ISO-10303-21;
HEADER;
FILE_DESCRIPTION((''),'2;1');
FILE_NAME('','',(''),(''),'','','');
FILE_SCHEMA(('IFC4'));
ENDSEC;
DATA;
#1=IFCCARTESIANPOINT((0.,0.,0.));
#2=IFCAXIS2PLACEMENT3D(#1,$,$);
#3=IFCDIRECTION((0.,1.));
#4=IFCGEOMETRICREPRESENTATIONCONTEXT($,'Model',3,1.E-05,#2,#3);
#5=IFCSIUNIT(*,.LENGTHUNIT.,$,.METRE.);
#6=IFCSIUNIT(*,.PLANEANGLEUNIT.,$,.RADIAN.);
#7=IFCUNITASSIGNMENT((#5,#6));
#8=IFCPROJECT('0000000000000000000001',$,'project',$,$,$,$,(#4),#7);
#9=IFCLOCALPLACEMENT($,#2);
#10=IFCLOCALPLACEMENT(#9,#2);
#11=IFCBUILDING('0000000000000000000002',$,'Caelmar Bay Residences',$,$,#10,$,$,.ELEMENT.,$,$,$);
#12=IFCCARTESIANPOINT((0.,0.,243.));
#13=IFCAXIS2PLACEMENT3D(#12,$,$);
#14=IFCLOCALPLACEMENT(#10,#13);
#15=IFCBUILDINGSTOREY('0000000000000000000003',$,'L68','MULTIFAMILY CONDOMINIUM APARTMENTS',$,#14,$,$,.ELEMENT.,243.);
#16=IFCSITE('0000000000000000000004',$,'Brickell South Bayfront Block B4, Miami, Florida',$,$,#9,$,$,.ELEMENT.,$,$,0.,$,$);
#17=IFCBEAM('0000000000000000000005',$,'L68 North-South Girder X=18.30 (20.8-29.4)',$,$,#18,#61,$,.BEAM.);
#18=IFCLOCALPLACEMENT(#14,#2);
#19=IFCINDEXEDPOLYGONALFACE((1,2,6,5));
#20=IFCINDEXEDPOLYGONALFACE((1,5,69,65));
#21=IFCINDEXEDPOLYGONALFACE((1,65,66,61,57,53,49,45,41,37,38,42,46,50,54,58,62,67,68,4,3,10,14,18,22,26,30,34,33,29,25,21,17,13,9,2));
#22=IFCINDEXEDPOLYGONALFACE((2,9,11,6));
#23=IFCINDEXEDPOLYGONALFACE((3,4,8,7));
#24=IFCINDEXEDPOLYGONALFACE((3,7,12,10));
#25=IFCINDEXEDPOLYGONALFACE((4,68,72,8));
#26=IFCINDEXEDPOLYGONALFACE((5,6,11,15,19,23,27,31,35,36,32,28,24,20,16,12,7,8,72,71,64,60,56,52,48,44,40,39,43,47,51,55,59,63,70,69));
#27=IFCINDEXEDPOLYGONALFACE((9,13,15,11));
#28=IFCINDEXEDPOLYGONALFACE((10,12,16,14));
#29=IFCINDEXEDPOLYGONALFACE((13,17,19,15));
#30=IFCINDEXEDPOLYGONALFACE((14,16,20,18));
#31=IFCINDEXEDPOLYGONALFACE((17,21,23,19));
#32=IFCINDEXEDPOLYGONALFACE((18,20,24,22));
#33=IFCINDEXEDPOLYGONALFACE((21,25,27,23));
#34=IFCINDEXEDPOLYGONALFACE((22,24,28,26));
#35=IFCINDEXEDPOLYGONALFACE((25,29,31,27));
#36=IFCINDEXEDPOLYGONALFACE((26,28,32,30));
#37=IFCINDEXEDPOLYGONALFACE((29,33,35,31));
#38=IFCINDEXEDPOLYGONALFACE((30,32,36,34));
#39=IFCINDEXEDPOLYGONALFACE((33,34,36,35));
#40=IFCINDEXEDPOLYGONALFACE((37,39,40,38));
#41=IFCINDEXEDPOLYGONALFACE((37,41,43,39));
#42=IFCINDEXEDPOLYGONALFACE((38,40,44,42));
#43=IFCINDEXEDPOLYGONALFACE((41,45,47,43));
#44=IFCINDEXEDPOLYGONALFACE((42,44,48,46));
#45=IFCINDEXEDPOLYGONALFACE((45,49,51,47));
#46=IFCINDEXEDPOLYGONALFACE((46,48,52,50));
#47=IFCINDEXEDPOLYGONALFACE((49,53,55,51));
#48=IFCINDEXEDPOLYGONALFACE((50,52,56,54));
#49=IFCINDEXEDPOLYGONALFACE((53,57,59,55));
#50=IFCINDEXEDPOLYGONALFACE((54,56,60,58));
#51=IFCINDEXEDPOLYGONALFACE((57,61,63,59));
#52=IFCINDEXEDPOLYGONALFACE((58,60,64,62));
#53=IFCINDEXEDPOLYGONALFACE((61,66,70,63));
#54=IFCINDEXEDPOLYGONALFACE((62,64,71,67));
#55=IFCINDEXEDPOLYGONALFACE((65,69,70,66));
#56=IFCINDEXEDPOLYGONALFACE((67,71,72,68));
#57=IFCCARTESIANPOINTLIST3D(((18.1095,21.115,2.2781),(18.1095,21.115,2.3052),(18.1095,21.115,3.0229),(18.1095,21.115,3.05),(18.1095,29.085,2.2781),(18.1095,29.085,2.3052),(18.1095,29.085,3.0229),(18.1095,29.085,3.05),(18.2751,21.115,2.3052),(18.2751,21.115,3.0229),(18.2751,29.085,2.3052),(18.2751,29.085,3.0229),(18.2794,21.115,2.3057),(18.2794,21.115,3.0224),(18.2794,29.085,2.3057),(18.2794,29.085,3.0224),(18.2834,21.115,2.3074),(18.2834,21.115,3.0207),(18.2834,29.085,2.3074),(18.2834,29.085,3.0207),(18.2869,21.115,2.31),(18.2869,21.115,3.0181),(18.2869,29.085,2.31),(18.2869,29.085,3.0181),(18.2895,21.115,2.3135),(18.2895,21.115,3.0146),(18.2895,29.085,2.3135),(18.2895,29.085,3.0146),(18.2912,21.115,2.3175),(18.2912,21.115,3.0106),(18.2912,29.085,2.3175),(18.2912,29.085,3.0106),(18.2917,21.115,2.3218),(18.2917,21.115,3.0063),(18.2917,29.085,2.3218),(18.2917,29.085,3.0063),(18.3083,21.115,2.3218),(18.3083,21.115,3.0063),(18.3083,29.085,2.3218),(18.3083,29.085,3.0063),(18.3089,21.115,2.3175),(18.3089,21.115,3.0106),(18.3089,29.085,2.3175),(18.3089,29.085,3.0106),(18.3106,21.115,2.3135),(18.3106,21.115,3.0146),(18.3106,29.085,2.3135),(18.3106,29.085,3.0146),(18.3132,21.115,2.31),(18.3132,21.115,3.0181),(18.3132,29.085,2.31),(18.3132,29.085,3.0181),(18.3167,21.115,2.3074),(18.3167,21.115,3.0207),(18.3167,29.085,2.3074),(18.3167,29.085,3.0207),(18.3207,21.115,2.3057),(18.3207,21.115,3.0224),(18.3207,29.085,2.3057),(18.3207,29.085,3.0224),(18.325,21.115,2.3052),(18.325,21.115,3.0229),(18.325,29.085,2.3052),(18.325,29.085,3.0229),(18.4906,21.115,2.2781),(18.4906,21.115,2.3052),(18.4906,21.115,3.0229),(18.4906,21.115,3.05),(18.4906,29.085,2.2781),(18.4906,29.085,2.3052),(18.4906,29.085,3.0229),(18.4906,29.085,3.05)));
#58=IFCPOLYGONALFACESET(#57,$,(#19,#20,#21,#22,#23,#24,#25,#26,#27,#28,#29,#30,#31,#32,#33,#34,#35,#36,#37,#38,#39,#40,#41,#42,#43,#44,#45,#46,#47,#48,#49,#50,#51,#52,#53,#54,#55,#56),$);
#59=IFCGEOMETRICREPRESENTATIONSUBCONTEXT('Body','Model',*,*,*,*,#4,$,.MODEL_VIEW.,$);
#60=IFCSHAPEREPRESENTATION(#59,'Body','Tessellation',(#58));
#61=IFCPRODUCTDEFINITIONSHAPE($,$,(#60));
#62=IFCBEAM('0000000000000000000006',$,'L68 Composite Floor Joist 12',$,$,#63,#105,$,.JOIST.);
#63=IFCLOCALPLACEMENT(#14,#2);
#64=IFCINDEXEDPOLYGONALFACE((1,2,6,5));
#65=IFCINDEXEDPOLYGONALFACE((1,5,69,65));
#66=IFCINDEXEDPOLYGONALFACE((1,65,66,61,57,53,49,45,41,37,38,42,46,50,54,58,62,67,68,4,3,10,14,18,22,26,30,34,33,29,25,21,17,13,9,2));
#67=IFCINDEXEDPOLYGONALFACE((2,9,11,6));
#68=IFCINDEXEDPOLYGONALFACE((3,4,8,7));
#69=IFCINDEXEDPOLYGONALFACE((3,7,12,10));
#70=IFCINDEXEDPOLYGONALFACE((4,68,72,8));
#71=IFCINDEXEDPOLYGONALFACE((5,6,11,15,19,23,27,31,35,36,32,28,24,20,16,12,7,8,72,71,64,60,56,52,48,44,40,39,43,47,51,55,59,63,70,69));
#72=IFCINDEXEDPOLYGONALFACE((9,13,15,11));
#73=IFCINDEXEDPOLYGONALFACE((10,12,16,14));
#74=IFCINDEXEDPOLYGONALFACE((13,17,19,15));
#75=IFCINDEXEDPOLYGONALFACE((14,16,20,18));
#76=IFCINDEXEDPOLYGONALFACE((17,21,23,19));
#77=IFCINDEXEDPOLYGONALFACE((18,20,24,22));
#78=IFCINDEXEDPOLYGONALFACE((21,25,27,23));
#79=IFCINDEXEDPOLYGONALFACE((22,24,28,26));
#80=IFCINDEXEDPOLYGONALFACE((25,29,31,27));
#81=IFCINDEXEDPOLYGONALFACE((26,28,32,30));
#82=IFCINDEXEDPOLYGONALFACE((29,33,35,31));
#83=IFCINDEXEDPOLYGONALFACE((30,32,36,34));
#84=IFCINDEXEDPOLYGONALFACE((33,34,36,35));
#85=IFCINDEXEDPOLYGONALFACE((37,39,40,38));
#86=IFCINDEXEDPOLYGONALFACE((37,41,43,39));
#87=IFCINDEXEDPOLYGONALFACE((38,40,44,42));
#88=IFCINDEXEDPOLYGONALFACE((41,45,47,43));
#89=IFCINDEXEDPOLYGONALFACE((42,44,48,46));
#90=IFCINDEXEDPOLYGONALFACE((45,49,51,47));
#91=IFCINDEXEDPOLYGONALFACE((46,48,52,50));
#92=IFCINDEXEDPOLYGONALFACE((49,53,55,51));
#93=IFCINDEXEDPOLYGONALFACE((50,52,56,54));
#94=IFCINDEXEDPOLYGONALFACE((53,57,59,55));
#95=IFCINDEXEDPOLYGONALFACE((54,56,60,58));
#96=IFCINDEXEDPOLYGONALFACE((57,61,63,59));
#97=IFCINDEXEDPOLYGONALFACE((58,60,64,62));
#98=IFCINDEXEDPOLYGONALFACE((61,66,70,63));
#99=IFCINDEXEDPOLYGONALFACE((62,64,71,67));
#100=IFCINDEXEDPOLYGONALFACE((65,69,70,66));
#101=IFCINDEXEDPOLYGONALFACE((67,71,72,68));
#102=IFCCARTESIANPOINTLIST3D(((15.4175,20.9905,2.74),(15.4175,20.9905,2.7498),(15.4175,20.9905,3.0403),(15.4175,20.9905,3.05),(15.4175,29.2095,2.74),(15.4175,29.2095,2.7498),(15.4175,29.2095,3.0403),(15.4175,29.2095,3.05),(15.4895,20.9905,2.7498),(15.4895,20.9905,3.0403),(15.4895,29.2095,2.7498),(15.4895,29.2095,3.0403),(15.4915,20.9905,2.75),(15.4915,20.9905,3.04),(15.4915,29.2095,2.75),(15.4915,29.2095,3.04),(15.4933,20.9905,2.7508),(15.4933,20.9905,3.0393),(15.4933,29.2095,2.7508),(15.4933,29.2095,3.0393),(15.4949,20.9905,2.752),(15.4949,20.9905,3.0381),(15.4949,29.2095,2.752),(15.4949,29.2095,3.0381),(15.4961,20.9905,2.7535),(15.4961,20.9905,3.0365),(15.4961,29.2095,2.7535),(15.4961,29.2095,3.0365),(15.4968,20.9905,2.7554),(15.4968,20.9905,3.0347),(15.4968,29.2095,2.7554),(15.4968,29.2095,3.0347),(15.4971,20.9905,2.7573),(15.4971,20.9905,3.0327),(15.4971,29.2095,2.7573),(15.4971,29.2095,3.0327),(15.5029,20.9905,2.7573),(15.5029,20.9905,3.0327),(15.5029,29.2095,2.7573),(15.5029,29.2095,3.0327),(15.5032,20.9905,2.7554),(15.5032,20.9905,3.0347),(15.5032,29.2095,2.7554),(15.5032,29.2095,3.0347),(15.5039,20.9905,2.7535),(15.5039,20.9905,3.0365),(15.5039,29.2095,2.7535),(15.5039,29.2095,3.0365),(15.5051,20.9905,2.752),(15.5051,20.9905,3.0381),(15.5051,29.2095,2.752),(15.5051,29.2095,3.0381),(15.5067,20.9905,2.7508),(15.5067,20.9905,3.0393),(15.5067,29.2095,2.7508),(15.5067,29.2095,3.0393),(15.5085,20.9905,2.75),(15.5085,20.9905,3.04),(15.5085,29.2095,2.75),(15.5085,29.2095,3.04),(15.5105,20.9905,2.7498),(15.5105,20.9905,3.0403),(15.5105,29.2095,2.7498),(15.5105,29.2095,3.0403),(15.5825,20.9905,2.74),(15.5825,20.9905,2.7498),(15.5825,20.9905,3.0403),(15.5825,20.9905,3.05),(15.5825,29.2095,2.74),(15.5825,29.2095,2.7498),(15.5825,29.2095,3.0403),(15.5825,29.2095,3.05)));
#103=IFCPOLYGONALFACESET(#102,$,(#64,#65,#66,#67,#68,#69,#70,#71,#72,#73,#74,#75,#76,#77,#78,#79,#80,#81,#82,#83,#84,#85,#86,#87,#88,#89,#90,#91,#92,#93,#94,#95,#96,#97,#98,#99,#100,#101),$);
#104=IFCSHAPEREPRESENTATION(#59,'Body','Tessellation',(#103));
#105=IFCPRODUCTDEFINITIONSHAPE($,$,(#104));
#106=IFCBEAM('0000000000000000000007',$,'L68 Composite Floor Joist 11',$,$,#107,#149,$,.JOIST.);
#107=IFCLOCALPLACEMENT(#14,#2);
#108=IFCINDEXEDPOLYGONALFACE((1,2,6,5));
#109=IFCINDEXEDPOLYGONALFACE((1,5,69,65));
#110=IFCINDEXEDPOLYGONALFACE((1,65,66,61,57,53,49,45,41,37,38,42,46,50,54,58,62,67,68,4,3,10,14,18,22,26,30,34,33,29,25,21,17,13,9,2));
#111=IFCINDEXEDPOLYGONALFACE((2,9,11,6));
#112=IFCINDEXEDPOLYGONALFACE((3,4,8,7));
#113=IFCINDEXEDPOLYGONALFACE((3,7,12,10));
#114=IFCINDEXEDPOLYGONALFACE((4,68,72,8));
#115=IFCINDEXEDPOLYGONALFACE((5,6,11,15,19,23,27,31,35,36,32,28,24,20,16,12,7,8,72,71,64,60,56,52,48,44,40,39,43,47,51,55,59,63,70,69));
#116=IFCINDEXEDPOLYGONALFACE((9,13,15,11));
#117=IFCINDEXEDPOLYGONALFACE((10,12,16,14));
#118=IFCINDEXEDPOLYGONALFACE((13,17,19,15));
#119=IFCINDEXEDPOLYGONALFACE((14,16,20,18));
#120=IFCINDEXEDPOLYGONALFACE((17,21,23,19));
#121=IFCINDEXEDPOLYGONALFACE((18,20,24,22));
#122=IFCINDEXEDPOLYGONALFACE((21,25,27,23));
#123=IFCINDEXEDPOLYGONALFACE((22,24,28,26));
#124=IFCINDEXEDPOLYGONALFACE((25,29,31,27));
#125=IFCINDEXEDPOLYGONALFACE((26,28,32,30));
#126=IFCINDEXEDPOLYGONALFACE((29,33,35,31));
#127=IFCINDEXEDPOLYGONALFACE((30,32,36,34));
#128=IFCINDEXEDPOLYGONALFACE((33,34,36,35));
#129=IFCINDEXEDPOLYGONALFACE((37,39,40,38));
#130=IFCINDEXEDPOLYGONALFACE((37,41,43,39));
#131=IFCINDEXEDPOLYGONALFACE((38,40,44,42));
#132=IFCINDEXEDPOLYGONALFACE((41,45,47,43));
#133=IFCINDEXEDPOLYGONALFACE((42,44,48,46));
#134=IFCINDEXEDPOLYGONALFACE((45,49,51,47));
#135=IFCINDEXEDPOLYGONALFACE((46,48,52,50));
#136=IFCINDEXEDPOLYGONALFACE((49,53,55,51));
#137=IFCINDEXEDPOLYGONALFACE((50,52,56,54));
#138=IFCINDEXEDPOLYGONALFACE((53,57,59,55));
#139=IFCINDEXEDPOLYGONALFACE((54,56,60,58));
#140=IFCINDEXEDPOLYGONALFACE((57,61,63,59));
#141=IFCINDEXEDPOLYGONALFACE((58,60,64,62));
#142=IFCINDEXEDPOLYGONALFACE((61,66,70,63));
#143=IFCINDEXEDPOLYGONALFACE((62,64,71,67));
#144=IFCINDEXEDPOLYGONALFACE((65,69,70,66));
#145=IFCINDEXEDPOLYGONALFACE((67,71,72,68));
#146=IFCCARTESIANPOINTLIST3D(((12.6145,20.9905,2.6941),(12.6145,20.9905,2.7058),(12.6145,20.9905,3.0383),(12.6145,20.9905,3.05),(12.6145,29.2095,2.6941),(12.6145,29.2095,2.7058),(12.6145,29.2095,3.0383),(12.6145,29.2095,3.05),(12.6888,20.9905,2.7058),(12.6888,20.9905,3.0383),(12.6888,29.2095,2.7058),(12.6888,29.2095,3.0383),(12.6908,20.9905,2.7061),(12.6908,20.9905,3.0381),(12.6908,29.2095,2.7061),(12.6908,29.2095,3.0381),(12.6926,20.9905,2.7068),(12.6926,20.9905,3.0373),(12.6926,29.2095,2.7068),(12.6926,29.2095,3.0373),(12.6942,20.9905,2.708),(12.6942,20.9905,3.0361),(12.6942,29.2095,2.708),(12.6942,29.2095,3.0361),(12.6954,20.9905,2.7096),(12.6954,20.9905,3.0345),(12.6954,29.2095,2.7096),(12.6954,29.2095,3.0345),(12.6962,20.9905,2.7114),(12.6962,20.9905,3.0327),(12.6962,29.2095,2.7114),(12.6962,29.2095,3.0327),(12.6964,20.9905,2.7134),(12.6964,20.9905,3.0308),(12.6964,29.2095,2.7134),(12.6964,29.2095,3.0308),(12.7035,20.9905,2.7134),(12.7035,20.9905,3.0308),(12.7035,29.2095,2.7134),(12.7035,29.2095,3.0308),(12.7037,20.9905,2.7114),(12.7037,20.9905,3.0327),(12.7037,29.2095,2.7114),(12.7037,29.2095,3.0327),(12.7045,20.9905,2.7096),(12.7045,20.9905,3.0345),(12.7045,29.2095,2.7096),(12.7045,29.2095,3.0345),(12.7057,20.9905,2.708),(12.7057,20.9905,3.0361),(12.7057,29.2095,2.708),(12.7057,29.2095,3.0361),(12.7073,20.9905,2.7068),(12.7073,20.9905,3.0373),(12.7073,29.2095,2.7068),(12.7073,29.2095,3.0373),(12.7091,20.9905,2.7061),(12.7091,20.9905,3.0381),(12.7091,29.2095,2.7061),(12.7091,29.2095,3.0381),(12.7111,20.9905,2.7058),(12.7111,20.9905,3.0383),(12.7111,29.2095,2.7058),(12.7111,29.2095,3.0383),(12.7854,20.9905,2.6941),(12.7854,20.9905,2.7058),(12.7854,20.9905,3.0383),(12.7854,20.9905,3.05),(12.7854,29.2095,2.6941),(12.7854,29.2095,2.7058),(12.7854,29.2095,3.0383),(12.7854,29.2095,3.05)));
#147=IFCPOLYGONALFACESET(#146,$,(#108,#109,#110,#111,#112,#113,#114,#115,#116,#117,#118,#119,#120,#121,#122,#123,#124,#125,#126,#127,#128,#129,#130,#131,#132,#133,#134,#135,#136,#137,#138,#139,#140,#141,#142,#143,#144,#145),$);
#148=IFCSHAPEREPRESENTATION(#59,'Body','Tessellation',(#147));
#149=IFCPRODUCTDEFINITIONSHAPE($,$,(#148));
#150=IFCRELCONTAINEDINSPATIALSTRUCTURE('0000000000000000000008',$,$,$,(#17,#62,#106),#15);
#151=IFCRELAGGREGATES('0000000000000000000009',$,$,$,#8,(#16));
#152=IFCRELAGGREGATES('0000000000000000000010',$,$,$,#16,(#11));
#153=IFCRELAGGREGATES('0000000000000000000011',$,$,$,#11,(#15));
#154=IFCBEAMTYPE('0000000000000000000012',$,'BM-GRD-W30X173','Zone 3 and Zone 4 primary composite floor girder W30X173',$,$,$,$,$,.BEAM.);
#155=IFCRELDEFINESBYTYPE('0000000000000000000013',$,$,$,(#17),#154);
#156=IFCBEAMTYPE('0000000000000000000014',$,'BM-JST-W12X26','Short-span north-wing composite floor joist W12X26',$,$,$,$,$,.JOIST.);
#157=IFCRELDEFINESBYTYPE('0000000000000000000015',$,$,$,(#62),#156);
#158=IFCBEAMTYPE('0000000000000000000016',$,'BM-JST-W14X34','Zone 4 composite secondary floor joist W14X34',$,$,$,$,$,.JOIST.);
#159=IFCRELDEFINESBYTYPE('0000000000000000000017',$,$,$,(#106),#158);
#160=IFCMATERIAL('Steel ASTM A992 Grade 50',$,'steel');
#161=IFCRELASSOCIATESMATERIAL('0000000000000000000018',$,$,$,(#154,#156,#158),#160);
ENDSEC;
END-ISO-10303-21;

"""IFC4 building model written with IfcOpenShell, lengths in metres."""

from ifc_helpers import new_model, si_unit, direction, frame, origin, origin_2d, place, context, subcontext, project, spatial, i_section, extrude, material, material_profile, profile_set, type_object, element, save


model = new_model("IFC4")

# Units and contexts
model_context = context("Model", 3, precision=1e-05, world=origin(), true_north=direction((0.0, 1.0)))
body_context = subcontext(model_context, "Body", "Model", "MODEL_VIEW")
ifc_project = project(units=[si_unit("LENGTHUNIT", "METRE"), si_unit("PLANEANGLEUNIT", "RADIAN")], contexts=[model_context])

# Site, building, storey
site_placement = place(None, origin())
site = spatial("IfcSite", under=ifc_project, at=site_placement, Name="Brickell South Bayfront Block B4, Miami, Florida", CompositionType="ELEMENT", RefElevation=0.0)
building_placement = place(site_placement, origin())
building = spatial("IfcBuilding", under=site, at=building_placement, Name="Caelmar Bay Residences", CompositionType="ELEMENT")
storey_placement = place(building_placement, frame((0.0, 0.0, 243.0)))
storey = spatial("IfcBuildingStorey", under=building, at=storey_placement, Name="L68", Description="MULTIFAMILY CONDOMINIUM APARTMENTS", CompositionType="ELEMENT", Elevation=243.0)

# Beams
ifc_material_1 = material(Name="Steel ASTM A992 Grade 50", Category="steel")
ifc_material_profile_1 = material_profile(ifc_material_1, i_section(OverallWidth=0.3811, OverallDepth=0.772, WebThickness=0.0166, FlangeThickness=0.0271, FilletRadius=0.0166, at=origin_2d()), Name="W30X173")
ifc_profile_set_1 = profile_set([ifc_material_profile_1], Name="Steel ASTM A992 Grade 50")
beam_type_1 = type_object("IfcBeamType", Name="BM-GRD-W30X173", Description="Zone 3 and Zone 4 primary composite floor girder W30X173", PredefinedType="BEAM", material=ifc_profile_set_1)
beam_1_placement = place(storey_placement, frame((18.3, 21.115, 2.6641), z_axis=(0.0, 1.0, 0.0), x_axis=(-1.0, 0.0, 0.0)))
element("IfcBeam", 1, at=beam_1_placement, inside=storey, type_object=beam_type_1, Name="L68 North-South Girder X=18.30 (20.8-29.4)", PredefinedType="BEAM", context=body_context, shape_type="SweptSolid", body=[
    extrude(i_section(OverallWidth=0.3811, OverallDepth=0.772, WebThickness=0.0166, FlangeThickness=0.0271, FilletRadius=0.0166, at=origin_2d()), origin(), (0.0, 0.0, 1.0), 7.97),
])
ifc_material_profile_2 = material_profile(ifc_material_1, i_section(OverallWidth=0.165, OverallDepth=0.3101, WebThickness=0.0059, FlangeThickness=0.0098, FilletRadius=0.0076, at=origin_2d()), Name="W12X26")
ifc_profile_set_2 = profile_set([ifc_material_profile_2], Name="Steel ASTM A992 Grade 50")
beam_type_2 = type_object("IfcBeamType", Name="BM-JST-W12X26", Description="Short-span north-wing composite floor joist W12X26", PredefinedType="JOIST", material=ifc_profile_set_2)
beam_2_placement = place(storey_placement, frame((15.5, 20.9905, 2.895), z_axis=(0.0, 1.0, 0.0), x_axis=(-1.0, 0.0, 0.0)))
element("IfcBeam", 2, at=beam_2_placement, inside=storey, type_object=beam_type_2, Name="L68 Composite Floor Joist 12", PredefinedType="JOIST", context=body_context, shape_type="SweptSolid", body=[
    extrude(i_section(OverallWidth=0.165, OverallDepth=0.3101, WebThickness=0.0059, FlangeThickness=0.0098, FilletRadius=0.0076, at=origin_2d()), origin(), (0.0, 0.0, 1.0), 8.219),
])
ifc_material_profile_3 = material_profile(ifc_material_1, i_section(OverallWidth=0.1709, OverallDepth=0.356, WebThickness=0.0071, FlangeThickness=0.0117, FilletRadius=0.0076, at=origin_2d()), Name="W14X34")
ifc_profile_set_3 = profile_set([ifc_material_profile_3], Name="Steel ASTM A992 Grade 50")
beam_type_3 = type_object("IfcBeamType", Name="BM-JST-W14X34", Description="Zone 4 composite secondary floor joist W14X34", PredefinedType="JOIST", material=ifc_profile_set_3)
beam_3_placement = place(storey_placement, frame((12.7, 20.9905, 2.8721), z_axis=(0.0, 1.0, 0.0), x_axis=(-1.0, 0.0, 0.0)))
element("IfcBeam", 3, at=beam_3_placement, inside=storey, type_object=beam_type_3, Name="L68 Composite Floor Joist 11", PredefinedType="JOIST", context=body_context, shape_type="SweptSolid", body=[
    extrude(i_section(OverallWidth=0.1709, OverallDepth=0.356, WebThickness=0.0071, FlangeThickness=0.0117, FilletRadius=0.0076, at=origin_2d()), origin(), (0.0, 0.0, 1.0), 8.219),
])

save(model, "model.ifc")
